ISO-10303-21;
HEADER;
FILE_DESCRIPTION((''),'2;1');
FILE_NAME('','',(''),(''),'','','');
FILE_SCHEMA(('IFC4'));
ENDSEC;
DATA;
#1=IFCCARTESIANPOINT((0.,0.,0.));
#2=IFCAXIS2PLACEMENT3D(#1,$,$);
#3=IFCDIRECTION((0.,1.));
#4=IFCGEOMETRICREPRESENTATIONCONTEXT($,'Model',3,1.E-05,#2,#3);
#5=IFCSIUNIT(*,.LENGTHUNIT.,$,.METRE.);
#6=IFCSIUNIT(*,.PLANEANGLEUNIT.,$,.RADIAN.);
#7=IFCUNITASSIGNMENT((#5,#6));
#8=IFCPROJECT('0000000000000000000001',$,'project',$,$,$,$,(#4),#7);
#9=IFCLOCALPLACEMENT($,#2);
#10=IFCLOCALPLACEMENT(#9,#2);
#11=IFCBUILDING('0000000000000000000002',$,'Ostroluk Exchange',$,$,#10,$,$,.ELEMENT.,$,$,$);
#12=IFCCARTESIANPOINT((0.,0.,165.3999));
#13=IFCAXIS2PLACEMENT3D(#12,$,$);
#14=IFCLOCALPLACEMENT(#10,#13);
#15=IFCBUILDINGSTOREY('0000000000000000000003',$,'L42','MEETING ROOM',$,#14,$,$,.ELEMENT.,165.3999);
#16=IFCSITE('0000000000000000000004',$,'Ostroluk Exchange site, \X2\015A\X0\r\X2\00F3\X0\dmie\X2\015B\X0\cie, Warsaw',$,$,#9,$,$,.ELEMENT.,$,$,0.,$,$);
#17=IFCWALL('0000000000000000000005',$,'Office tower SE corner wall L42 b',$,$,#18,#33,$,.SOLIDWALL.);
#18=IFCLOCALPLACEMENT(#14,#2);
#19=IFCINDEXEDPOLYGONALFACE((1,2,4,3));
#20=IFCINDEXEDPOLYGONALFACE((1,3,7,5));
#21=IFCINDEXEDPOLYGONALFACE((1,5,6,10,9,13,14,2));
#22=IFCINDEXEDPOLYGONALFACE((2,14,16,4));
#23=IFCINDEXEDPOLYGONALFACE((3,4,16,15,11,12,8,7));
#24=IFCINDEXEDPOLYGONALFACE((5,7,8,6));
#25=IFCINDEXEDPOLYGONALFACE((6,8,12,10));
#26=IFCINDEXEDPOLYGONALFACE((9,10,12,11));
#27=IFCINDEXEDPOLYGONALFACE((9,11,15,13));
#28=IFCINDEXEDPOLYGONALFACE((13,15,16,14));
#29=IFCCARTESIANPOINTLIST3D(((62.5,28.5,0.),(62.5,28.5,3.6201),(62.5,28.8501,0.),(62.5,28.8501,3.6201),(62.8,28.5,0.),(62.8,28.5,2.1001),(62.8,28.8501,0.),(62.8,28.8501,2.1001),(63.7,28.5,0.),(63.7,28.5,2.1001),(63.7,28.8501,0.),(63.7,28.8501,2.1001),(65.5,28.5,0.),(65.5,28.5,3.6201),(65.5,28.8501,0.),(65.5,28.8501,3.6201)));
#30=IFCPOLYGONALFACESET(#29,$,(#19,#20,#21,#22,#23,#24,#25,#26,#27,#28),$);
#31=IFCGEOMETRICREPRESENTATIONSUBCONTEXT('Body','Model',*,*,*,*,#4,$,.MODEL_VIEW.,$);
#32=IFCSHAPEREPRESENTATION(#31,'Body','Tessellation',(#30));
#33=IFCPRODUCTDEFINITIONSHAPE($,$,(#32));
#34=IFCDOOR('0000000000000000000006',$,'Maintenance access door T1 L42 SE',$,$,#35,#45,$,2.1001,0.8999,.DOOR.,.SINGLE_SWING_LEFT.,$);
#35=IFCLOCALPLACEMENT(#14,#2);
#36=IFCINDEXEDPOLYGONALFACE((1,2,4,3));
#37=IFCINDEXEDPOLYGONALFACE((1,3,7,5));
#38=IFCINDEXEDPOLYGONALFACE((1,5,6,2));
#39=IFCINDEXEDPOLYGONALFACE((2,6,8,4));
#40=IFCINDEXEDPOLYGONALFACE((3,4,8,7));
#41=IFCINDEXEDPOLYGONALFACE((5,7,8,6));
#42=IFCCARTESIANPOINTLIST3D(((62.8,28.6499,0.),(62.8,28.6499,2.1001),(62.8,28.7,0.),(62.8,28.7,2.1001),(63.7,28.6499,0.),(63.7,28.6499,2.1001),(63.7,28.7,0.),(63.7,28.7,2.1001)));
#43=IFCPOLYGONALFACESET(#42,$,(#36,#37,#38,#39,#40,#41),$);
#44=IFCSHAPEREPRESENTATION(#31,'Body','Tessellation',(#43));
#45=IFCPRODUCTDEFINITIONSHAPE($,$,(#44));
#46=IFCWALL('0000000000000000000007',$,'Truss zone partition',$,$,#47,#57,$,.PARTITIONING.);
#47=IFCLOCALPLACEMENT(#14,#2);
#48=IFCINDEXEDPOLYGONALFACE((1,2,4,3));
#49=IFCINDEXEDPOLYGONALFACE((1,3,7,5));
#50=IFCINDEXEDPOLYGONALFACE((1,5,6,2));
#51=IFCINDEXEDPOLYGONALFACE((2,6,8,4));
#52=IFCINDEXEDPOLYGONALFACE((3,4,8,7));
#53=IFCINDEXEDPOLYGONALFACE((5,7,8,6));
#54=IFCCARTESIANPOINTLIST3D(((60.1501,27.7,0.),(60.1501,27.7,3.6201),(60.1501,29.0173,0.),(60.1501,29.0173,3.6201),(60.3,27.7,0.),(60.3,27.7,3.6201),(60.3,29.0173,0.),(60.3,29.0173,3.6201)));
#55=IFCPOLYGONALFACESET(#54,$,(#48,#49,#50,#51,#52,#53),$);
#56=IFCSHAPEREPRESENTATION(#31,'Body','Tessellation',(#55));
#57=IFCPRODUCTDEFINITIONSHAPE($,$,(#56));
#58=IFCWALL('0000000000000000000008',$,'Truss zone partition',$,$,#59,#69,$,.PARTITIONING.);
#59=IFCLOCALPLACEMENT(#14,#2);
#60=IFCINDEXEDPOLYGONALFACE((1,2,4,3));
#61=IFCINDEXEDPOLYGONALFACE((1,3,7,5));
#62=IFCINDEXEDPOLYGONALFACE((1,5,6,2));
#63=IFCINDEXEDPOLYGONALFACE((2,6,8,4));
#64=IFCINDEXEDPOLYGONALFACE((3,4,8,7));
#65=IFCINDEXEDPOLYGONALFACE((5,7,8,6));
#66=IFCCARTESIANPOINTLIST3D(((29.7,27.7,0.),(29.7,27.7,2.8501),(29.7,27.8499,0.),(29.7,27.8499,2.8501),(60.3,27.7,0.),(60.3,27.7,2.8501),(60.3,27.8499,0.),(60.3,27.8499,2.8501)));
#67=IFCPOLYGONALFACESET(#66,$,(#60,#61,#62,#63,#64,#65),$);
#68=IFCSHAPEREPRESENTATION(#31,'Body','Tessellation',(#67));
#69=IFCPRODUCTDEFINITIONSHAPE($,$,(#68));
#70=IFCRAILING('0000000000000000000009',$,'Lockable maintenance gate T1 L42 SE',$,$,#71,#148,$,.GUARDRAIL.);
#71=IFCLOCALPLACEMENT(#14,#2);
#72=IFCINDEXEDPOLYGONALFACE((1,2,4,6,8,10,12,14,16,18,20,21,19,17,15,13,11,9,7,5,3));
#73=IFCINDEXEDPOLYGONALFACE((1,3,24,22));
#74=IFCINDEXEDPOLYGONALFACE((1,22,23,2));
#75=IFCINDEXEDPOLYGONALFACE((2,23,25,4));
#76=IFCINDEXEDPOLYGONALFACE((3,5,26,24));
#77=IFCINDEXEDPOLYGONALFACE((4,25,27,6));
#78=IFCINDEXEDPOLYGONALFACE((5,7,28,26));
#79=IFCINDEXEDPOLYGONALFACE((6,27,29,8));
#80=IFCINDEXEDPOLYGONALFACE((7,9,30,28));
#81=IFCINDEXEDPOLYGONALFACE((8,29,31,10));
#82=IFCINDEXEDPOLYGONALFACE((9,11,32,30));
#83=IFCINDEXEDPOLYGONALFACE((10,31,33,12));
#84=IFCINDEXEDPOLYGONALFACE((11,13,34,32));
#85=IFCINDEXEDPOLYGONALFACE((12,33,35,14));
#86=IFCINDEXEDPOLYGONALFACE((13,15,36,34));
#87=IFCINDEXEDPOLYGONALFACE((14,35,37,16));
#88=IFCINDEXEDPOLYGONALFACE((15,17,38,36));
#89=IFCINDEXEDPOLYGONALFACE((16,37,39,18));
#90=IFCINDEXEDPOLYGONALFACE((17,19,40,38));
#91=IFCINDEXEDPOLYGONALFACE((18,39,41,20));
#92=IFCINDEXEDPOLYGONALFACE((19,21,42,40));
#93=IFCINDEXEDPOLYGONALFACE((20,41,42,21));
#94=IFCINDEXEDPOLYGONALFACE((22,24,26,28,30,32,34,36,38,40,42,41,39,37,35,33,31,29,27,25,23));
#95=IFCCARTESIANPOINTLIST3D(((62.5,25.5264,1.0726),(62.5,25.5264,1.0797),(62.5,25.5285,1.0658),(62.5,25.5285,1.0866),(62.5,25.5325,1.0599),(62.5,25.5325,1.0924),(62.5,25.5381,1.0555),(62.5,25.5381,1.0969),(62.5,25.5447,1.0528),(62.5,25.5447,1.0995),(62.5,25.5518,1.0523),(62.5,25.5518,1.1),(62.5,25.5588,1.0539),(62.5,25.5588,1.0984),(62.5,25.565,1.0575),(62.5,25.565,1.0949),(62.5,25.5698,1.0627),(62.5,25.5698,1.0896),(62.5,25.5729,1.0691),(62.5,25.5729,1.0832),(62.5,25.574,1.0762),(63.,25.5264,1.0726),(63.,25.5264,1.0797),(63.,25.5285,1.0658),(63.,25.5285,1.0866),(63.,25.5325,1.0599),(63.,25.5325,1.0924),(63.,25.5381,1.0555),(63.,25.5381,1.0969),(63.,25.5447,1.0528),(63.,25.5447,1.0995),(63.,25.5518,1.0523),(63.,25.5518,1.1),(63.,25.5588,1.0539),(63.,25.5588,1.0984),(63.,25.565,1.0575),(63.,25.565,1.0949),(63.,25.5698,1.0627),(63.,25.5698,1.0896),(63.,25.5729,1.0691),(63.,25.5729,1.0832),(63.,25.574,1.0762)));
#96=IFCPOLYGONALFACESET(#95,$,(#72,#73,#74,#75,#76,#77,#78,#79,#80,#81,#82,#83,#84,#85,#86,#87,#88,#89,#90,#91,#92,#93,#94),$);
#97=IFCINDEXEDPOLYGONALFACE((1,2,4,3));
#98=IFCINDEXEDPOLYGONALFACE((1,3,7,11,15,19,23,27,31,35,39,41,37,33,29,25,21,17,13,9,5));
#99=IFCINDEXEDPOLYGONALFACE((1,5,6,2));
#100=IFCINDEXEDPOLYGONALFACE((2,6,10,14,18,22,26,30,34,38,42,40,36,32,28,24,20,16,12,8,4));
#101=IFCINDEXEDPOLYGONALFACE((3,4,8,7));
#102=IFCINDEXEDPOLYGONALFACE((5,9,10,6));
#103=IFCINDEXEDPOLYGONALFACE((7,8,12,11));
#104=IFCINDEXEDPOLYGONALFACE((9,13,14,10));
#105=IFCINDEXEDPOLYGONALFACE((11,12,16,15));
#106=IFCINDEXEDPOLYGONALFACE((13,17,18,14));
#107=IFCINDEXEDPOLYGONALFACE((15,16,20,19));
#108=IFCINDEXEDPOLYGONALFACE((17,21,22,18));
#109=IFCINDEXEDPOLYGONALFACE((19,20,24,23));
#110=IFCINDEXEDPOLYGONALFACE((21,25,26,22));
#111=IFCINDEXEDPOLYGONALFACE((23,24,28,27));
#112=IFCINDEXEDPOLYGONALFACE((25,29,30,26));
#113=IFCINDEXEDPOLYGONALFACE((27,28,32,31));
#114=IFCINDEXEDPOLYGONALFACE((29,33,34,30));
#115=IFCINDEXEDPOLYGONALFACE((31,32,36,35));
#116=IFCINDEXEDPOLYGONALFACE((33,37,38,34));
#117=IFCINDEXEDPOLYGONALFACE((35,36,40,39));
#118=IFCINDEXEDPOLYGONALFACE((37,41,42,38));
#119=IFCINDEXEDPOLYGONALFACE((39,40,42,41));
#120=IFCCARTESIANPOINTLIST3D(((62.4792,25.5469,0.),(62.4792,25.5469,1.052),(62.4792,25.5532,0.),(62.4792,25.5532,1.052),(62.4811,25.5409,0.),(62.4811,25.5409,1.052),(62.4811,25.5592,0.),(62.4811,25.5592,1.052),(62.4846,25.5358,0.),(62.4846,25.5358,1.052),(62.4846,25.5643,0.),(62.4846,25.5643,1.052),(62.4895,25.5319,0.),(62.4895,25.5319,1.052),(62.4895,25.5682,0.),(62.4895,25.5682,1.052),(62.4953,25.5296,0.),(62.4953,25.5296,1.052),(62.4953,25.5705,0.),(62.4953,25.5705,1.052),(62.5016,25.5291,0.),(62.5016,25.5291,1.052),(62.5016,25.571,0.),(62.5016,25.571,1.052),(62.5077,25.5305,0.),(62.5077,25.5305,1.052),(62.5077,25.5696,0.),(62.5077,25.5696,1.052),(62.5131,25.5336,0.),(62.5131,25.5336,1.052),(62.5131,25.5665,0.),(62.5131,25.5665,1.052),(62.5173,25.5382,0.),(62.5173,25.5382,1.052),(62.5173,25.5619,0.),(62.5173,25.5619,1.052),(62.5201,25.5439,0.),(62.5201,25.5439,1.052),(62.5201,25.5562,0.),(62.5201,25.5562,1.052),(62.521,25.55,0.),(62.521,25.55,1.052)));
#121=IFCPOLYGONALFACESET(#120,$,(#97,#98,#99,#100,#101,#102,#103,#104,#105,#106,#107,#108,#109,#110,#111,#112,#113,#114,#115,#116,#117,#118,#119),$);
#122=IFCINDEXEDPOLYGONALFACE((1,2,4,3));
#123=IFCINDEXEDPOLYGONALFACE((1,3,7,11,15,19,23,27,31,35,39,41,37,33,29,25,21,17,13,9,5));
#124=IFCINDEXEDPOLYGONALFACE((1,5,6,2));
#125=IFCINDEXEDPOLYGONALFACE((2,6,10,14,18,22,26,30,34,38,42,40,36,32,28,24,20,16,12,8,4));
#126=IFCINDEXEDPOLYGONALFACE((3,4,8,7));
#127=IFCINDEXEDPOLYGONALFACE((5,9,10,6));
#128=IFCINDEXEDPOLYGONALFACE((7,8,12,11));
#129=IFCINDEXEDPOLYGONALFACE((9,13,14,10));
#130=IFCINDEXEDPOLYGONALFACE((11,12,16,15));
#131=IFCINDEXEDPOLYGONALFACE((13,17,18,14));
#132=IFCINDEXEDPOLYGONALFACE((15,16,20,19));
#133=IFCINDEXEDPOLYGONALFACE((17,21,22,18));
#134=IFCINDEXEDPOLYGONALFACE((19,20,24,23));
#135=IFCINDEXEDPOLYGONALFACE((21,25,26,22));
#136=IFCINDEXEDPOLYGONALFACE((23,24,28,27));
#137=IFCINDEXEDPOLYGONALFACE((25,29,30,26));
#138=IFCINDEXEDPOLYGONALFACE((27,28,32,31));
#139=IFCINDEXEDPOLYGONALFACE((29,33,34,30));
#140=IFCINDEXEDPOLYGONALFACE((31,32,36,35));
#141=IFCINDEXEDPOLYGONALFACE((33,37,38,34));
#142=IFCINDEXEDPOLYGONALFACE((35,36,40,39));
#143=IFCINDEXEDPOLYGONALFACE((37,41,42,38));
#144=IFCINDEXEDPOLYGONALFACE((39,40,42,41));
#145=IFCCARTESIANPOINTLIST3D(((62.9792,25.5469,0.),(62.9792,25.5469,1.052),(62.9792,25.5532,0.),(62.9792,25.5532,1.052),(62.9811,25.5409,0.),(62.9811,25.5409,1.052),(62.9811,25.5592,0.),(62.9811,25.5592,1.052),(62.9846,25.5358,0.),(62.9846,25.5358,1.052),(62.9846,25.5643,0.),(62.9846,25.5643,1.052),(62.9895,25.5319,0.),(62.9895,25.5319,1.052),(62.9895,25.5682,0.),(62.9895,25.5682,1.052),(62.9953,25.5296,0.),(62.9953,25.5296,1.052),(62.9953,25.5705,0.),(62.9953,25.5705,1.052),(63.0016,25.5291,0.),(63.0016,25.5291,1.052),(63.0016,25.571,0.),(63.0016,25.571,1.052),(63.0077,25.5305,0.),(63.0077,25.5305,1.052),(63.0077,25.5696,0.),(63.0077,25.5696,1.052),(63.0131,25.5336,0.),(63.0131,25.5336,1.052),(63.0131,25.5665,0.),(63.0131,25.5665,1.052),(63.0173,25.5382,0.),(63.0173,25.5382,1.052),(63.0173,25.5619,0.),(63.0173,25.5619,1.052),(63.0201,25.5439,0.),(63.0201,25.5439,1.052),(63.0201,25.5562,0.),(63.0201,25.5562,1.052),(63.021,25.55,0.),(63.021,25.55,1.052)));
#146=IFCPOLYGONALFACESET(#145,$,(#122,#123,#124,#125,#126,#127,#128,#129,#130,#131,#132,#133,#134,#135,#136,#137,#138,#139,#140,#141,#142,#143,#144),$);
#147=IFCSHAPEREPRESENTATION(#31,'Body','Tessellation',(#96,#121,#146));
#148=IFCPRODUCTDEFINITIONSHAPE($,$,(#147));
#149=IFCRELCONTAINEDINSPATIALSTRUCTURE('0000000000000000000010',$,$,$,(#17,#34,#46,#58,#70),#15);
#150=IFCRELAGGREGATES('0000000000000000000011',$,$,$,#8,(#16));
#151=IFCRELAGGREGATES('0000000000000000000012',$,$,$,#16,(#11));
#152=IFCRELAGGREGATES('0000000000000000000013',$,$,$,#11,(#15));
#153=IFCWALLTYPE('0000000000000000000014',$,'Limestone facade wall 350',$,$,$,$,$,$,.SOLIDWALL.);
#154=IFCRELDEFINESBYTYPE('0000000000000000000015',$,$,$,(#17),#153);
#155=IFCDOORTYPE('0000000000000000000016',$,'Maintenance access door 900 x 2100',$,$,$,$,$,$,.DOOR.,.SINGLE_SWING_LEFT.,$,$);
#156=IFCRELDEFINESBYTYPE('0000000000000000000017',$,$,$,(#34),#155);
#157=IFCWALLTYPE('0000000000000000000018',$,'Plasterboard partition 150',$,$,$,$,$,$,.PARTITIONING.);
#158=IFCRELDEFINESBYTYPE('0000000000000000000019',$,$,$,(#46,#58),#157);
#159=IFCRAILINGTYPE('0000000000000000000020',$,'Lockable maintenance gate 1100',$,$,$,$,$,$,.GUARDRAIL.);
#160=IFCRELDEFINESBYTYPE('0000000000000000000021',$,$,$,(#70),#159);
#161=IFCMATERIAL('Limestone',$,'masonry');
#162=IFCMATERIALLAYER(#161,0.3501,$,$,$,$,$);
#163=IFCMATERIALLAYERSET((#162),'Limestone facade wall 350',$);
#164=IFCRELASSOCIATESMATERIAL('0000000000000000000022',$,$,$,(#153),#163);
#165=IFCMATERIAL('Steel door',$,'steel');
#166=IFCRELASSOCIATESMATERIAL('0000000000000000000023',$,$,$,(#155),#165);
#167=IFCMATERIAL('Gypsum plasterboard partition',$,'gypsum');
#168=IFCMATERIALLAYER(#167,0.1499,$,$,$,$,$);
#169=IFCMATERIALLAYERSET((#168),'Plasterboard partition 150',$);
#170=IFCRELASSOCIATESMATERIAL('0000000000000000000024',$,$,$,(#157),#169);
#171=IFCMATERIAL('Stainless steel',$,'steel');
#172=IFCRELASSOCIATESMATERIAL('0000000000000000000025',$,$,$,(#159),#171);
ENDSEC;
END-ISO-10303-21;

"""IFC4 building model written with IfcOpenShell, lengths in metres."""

from ifc_helpers import new_model, si_unit, direction, frame, frame_2d, origin, origin_2d, place, context, subcontext, project, spatial, rectangle, circle, extrude, material, layer, layer_set, type_object, element, fill, save


model = new_model("IFC4")

# Units and contexts
model_context = context("Model", 3, precision=1e-05, world=origin(), true_north=direction((0.0, 1.0)))
body_context = subcontext(model_context, "Body", "Model", "MODEL_VIEW")
ifc_project = project(units=[si_unit("LENGTHUNIT", "METRE"), si_unit("PLANEANGLEUNIT", "RADIAN")], contexts=[model_context])

# Site, building, storey
site_placement = place(None, origin())
site = spatial("IfcSite", under=ifc_project, at=site_placement, Name="Ostroluk Exchange site, Śródmieście, Warsaw", CompositionType="ELEMENT", RefElevation=0.0)
building_placement = place(site_placement, origin())
building = spatial("IfcBuilding", under=site, at=building_placement, Name="Ostroluk Exchange", CompositionType="ELEMENT")
storey_placement = place(building_placement, frame((0.0, 0.0, 165.3999)))
storey = spatial("IfcBuildingStorey", under=building, at=storey_placement, Name="L42", Description="MEETING ROOM", CompositionType="ELEMENT", Elevation=165.3999)

# Wall, opening, door
ifc_material_1 = material(Name="Limestone", Category="masonry")
ifc_layer_1 = layer(ifc_material_1, 0.3501)
ifc_layer_set_1 = layer_set([ifc_layer_1], Name="Limestone facade wall 350")
wall_type_1 = type_object("IfcWallType", Name="Limestone facade wall 350", PredefinedType="SOLIDWALL", material=ifc_layer_set_1)
wall_1_placement = place(storey_placement, frame((62.5, 28.675, 0.0), z_axis=(0.0, 0.0, 1.0), x_axis=(1.0, 0.0, 0.0)))
wall_1 = element("IfcWall", 1, at=wall_1_placement, inside=storey, type_object=wall_type_1, Name="Office tower SE corner wall L42 b", PredefinedType="SOLIDWALL", context=body_context, shape_type="SweptSolid", body=[
    extrude(rectangle(XDim=3.0, YDim=0.3501, at=frame_2d((1.5, 0.0))), origin(), (0.0, 0.0, 1.0), 3.6201),
])
opening_1_placement = place(wall_1_placement, frame((0.3, 0.0, 0.0)))
opening_1 = element("IfcOpeningElement", 2, at=opening_1_placement, cuts=wall_1, PredefinedType="OPENING", context=body_context, shape_type="SweptSolid", body=[
    extrude(rectangle(XDim=0.8999, YDim=2.1001, at=frame_2d((0.45, 1.05))), frame((0.0, 0.1851, 0.0), z_axis=(0.0, -1.0, 0.0), x_axis=(1.0, 0.0, 0.0)), (0.0, 0.0, 1.0), 0.3701),
])
ifc_material_2 = material(Name="Steel door", Category="steel")
door_type_1 = type_object("IfcDoorType", Name="Maintenance access door 900 x 2100", OperationType="SINGLE_SWING_LEFT", PredefinedType="DOOR", material=ifc_material_2)
door_1_placement = place(opening_1_placement, origin())
door_1 = element("IfcDoor", 3, at=door_1_placement, inside=storey, type_object=door_type_1, Name="Maintenance access door T1 L42 SE", OperationType="SINGLE_SWING_LEFT", OverallHeight=2.1001, OverallWidth=0.8999, PredefinedType="DOOR", context=body_context, shape_type="SweptSolid", body=[
    extrude(rectangle(XDim=0.8999, YDim=2.1001, at=frame_2d((0.45, 1.05))), frame((0.0, 0.0249, 0.0), z_axis=(0.0, -1.0, 0.0), x_axis=(1.0, 0.0, 0.0)), (0.0, 0.0, 1.0), 0.05),
])
fill(opening_1, door_1)

# Walls
ifc_material_3 = material(Name="Gypsum plasterboard partition", Category="gypsum")
ifc_layer_2 = layer(ifc_material_3, 0.1499)
ifc_layer_set_2 = layer_set([ifc_layer_2], Name="Plasterboard partition 150")
wall_type_2 = type_object("IfcWallType", Name="Plasterboard partition 150", PredefinedType="PARTITIONING", material=ifc_layer_set_2)
wall_2_placement = place(storey_placement, frame((60.2251, 29.0173, 0.0), z_axis=(0.0, 0.0, 1.0), x_axis=(0.0, -1.0, 0.0)))
element("IfcWall", 4, at=wall_2_placement, inside=storey, type_object=wall_type_2, Name="Truss zone partition", PredefinedType="PARTITIONING", context=body_context, shape_type="SweptSolid", body=[
    extrude(rectangle(XDim=1.3174, YDim=0.1499, at=frame_2d((0.6587, 0.0))), origin(), (0.0, 0.0, 1.0), 3.6201),
])
wall_3_placement = place(storey_placement, frame((60.3, 27.7749, 0.0), z_axis=(0.0, 0.0, 1.0), x_axis=(-1.0, 0.0, 0.0)))
element("IfcWall", 5, at=wall_3_placement, inside=storey, type_object=wall_type_2, Name="Truss zone partition", PredefinedType="PARTITIONING", context=body_context, shape_type="SweptSolid", body=[
    extrude(rectangle(XDim=30.6001, YDim=0.1499, at=frame_2d((15.3, 0.0))), origin(), (0.0, 0.0, 1.0), 2.8501),
])

# Railing
ifc_material_4 = material(Name="Stainless steel", Category="steel")
railing_type_1 = type_object("IfcRailingType", Name="Lockable maintenance gate 1100", PredefinedType="GUARDRAIL", material=ifc_material_4)
railing_1_placement = place(storey_placement, frame((62.5, 25.55, 0.0)))
element("IfcRailing", 6, at=railing_1_placement, inside=storey, type_object=railing_type_1, Name="Lockable maintenance gate T1 L42 SE", PredefinedType="GUARDRAIL", context=body_context, shape_type="SweptSolid", body=[
    extrude(circle(Radius=0.0239, at=origin_2d()), frame((0.0, 0.0, 1.0762), z_axis=(1.0, 0.0, 0.0), x_axis=(0.0, 1.0, 0.0)), (0.0, 0.0, 1.0), 0.5),
    extrude(circle(Radius=0.021, at=origin_2d()), origin(), (0.0, 0.0, 1.0), 1.052),
    extrude(circle(Radius=0.021, at=origin_2d()), frame((0.5, 0.0, 0.0)), (0.0, 0.0, 1.0), 1.052),
])

save(model, "model.ifc")
